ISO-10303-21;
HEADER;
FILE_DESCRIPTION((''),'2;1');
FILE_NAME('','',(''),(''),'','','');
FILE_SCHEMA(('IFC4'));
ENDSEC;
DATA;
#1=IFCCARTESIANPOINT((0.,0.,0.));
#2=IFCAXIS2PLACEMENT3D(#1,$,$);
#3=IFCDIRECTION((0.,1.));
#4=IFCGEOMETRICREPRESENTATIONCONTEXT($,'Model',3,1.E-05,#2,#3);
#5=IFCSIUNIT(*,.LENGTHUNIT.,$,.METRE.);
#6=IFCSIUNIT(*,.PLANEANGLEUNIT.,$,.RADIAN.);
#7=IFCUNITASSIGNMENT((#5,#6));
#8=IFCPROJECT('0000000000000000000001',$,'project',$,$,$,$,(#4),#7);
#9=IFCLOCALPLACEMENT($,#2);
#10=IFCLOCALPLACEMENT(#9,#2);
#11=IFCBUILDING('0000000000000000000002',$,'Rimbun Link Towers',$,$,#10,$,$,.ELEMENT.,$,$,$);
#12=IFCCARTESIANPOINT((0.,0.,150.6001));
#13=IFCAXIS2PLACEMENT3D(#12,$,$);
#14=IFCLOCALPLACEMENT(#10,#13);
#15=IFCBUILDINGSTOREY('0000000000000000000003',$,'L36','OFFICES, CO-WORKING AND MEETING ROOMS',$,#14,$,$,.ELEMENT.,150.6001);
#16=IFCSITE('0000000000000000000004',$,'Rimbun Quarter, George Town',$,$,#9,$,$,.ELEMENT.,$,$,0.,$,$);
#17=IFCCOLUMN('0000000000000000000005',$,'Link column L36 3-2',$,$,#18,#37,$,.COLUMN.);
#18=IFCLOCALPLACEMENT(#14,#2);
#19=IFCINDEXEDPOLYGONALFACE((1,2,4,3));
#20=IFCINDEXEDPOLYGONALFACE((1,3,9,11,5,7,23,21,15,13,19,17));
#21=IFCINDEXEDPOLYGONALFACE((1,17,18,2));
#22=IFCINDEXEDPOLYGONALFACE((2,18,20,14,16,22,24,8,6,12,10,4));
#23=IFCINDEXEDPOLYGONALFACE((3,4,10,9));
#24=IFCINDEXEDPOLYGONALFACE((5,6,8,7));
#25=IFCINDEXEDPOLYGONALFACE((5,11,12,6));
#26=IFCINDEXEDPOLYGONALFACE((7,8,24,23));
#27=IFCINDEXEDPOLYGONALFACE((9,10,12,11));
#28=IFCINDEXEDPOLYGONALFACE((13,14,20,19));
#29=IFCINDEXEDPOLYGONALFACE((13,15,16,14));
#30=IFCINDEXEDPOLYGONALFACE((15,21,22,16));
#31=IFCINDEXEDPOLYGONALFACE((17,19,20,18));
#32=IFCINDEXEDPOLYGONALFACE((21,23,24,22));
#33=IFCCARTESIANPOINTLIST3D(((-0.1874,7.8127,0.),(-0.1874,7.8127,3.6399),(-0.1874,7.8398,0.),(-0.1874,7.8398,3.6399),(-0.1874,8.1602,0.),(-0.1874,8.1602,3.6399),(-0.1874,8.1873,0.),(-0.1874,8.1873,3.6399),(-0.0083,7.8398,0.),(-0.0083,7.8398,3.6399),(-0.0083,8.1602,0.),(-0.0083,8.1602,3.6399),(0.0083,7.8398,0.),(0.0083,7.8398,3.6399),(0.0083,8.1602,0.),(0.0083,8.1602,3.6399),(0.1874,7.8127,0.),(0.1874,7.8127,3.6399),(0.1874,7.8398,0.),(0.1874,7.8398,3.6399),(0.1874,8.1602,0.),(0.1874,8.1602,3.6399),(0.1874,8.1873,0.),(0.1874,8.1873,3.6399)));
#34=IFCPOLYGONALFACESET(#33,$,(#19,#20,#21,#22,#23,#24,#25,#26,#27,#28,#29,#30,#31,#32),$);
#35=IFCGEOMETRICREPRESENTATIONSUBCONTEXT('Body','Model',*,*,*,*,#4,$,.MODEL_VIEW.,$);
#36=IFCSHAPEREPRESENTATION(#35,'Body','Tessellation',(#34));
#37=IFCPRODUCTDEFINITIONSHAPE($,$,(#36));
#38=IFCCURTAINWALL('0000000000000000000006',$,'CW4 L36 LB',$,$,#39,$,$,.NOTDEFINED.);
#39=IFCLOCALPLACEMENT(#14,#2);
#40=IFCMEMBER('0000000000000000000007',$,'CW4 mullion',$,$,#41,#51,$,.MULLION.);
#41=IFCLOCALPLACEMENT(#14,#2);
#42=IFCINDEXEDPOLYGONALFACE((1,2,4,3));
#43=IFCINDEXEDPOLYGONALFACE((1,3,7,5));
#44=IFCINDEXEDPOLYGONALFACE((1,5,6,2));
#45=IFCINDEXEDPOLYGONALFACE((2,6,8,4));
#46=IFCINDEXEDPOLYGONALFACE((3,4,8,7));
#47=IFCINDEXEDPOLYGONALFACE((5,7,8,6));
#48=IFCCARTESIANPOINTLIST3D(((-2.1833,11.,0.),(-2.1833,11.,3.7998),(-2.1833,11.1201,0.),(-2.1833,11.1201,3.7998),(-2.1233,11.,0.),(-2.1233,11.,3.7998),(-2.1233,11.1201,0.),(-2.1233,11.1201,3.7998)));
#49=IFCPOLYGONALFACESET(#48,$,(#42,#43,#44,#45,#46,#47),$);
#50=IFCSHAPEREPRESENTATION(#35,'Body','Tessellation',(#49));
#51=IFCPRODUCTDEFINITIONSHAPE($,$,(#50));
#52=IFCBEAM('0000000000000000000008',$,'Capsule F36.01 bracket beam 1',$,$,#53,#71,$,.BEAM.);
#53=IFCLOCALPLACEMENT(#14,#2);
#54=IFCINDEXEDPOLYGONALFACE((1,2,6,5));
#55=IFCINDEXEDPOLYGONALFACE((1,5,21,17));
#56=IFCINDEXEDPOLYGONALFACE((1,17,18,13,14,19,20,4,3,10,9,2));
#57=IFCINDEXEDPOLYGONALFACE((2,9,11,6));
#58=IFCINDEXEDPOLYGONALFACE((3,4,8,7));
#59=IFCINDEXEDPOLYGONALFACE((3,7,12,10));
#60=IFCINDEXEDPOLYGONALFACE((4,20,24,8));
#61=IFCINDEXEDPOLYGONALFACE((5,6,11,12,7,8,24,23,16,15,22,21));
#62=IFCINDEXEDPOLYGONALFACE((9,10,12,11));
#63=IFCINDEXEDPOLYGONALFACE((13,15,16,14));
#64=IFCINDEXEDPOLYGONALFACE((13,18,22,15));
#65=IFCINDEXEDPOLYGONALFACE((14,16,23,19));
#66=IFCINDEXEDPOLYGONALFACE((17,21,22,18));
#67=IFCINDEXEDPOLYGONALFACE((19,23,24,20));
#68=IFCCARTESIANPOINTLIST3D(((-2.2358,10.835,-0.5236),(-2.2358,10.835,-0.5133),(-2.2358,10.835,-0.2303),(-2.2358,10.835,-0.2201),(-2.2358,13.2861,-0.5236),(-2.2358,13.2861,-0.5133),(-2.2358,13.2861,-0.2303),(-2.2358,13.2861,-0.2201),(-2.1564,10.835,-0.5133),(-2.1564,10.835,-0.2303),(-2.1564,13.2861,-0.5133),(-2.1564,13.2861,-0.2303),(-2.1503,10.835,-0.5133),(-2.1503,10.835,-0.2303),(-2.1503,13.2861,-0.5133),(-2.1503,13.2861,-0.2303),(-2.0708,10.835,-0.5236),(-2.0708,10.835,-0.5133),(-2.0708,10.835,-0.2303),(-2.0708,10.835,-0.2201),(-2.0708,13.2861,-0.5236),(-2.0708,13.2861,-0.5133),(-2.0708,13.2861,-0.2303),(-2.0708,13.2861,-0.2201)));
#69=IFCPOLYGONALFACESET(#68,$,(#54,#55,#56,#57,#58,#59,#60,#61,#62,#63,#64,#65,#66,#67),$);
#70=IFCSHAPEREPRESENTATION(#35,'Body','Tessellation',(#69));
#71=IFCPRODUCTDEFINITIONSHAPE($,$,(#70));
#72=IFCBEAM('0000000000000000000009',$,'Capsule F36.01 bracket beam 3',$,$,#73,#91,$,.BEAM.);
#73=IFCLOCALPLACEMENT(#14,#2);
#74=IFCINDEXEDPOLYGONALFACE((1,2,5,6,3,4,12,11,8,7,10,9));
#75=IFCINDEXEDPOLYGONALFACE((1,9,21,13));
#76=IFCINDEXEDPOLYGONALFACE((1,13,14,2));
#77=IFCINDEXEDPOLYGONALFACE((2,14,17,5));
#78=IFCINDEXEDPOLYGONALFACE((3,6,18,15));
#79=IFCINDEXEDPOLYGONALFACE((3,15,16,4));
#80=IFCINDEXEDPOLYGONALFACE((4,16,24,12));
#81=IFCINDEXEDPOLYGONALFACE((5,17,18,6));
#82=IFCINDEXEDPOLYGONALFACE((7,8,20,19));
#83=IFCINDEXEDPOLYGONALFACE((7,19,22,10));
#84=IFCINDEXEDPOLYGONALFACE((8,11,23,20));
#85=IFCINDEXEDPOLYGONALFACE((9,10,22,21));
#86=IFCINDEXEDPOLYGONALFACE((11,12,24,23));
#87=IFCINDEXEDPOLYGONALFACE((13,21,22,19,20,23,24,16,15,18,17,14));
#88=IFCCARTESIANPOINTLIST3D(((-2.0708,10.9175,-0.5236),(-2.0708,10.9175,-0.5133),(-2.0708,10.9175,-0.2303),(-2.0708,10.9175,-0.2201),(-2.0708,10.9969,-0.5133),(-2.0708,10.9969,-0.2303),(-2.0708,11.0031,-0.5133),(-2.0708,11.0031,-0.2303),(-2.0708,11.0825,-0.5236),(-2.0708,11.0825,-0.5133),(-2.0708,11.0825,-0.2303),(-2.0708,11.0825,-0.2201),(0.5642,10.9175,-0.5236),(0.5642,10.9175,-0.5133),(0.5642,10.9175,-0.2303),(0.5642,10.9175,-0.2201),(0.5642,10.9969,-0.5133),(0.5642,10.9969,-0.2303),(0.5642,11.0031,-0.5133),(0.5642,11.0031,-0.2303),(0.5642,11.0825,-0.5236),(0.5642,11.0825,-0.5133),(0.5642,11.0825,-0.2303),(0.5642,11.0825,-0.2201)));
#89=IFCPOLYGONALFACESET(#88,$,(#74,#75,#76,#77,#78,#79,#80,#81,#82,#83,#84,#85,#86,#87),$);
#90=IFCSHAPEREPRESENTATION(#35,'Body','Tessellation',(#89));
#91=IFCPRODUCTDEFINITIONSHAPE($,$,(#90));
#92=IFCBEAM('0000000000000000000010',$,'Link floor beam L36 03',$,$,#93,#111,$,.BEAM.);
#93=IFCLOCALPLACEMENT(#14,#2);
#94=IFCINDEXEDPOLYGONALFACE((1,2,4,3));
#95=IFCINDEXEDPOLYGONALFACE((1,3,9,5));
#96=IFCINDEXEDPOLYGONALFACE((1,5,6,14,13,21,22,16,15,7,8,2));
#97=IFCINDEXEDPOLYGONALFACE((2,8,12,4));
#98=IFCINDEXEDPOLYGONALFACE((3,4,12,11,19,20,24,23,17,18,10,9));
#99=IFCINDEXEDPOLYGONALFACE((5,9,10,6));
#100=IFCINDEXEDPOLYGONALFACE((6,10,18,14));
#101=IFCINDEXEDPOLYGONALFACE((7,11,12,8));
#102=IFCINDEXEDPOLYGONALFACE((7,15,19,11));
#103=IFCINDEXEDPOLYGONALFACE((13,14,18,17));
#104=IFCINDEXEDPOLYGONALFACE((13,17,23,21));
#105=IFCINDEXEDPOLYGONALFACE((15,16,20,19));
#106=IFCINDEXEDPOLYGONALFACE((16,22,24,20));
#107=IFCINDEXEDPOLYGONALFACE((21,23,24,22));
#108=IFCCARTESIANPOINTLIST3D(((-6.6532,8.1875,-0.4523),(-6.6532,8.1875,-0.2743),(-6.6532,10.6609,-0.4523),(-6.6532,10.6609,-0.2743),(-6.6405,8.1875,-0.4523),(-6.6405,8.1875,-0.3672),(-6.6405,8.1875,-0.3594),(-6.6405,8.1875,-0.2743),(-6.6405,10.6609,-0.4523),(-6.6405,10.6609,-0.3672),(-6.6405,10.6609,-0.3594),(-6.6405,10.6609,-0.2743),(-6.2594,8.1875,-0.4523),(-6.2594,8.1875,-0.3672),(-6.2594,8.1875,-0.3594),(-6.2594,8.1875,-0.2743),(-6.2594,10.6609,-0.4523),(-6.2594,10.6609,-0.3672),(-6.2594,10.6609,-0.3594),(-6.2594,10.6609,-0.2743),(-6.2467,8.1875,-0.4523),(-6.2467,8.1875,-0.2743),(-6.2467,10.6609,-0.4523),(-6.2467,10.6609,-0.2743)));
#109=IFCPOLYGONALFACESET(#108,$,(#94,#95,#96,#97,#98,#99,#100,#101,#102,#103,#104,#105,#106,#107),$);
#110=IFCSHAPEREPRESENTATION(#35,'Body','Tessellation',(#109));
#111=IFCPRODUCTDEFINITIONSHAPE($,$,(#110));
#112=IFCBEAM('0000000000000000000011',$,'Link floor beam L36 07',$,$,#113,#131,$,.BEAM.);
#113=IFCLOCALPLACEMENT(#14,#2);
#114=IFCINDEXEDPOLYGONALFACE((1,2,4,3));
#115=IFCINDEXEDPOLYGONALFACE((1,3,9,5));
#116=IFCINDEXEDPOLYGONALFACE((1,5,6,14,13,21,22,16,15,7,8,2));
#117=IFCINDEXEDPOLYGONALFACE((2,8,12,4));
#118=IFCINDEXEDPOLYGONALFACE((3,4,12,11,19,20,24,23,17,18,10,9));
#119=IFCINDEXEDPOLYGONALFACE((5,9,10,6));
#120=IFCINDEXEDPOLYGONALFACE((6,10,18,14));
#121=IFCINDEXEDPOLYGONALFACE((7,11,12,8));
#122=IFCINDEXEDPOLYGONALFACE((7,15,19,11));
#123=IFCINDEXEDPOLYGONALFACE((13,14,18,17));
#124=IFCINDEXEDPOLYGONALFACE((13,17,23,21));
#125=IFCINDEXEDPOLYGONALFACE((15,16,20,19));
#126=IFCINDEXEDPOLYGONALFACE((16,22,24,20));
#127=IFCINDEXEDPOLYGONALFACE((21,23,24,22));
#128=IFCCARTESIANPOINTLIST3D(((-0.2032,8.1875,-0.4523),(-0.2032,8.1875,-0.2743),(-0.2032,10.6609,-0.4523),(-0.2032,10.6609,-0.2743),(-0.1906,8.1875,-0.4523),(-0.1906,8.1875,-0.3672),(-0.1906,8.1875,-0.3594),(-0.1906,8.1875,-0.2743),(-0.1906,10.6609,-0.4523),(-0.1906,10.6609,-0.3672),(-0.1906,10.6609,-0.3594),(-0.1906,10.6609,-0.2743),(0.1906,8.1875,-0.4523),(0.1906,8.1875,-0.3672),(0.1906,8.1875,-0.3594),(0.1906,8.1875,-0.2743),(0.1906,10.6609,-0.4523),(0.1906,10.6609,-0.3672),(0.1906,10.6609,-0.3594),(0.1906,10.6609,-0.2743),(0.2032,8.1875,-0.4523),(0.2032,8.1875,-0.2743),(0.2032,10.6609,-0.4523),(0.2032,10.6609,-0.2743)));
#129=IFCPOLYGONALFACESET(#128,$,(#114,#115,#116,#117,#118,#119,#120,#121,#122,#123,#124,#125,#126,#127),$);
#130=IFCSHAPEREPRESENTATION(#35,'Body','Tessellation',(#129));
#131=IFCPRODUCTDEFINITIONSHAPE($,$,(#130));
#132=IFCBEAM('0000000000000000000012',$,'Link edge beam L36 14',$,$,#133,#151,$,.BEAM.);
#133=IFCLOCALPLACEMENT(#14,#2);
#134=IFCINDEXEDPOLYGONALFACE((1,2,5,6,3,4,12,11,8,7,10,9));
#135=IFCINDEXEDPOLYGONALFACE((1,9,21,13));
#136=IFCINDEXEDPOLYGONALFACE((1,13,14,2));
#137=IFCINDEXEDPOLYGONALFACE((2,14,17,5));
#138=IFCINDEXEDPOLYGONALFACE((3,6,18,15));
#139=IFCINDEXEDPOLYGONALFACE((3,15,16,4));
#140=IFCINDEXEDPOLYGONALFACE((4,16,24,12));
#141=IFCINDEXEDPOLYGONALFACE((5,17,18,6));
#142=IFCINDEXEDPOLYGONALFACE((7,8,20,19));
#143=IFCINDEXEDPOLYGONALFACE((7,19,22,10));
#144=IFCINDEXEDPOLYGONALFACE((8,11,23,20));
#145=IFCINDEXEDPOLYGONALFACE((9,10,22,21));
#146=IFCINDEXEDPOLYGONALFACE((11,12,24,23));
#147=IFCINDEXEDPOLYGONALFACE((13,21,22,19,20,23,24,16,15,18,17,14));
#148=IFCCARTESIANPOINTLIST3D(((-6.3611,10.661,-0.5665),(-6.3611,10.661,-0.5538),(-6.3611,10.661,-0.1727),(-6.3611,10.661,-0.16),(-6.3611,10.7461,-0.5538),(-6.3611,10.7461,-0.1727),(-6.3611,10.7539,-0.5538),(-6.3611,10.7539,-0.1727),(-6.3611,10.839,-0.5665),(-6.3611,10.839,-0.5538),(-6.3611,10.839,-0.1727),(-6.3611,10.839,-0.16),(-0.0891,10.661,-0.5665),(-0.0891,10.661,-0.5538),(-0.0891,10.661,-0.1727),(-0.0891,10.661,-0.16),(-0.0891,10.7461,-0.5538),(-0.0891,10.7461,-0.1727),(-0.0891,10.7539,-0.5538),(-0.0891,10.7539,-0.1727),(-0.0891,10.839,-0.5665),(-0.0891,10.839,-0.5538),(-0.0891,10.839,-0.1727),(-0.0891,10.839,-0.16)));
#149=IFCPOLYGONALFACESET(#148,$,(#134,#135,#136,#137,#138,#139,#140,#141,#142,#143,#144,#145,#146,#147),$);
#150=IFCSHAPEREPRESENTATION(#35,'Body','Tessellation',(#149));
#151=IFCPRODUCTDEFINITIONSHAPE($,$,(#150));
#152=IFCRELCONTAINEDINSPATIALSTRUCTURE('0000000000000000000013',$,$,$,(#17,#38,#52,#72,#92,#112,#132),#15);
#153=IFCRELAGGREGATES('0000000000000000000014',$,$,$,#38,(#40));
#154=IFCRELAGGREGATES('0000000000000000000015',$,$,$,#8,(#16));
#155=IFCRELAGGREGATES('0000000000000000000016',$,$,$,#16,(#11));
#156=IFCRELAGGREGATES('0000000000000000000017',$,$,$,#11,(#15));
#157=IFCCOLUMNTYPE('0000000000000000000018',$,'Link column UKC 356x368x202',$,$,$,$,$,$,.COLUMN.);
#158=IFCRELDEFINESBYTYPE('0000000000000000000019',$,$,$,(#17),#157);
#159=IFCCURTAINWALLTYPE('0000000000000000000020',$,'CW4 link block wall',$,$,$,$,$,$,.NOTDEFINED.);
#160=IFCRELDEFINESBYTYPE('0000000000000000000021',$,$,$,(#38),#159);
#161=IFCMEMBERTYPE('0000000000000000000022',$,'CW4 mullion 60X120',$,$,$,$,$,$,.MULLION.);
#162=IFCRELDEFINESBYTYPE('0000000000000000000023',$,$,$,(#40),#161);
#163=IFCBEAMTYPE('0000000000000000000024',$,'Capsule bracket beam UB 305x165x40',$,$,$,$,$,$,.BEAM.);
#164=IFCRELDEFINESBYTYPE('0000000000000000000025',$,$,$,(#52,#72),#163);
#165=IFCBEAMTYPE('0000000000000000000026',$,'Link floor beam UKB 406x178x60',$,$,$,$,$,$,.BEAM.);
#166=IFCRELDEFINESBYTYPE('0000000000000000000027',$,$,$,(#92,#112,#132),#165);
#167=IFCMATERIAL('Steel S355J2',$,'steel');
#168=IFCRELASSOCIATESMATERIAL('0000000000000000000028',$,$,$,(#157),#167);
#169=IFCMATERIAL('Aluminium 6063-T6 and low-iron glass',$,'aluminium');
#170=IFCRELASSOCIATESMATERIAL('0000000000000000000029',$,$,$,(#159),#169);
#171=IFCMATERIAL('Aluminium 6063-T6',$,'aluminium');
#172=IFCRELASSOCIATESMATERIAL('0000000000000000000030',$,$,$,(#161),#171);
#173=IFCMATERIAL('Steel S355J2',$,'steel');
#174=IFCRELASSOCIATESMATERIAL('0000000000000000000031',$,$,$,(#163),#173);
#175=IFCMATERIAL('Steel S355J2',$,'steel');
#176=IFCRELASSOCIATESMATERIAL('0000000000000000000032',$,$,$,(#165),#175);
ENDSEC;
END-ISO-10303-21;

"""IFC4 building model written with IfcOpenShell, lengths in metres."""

from ifc_helpers import new_model, si_unit, direction, frame, origin, origin_2d, place, context, subcontext, project, spatial, rectangle, i_section, extrude, material, material_profile, profile_set, type_object, element, aggregate, save


model = new_model("IFC4")

# Units and contexts
model_context = context("Model", 3, precision=1e-05, world=origin(), true_north=direction((0.0, 1.0)))
body_context = subcontext(model_context, "Body", "Model", "MODEL_VIEW")
ifc_project = project(units=[si_unit("LENGTHUNIT", "METRE"), si_unit("PLANEANGLEUNIT", "RADIAN")], contexts=[model_context])

# Site, building, storey
site_placement = place(None, origin())
site = spatial("IfcSite", under=ifc_project, at=site_placement, Name="Rimbun Quarter, George Town", CompositionType="ELEMENT", RefElevation=0.0)
building_placement = place(site_placement, origin())
building = spatial("IfcBuilding", under=site, at=building_placement, Name="Rimbun Link Towers", CompositionType="ELEMENT")
storey_placement = place(building_placement, frame((0.0, 0.0, 150.6001)))
storey = spatial("IfcBuildingStorey", under=building, at=storey_placement, Name="L36", Description="OFFICES, CO-WORKING AND MEETING ROOMS", CompositionType="ELEMENT", Elevation=150.6001)

# Column
ifc_material_1 = material(Name="Steel S355J2", Category="steel")
ifc_material_profile_1 = material_profile(ifc_material_1, i_section(OverallWidth=0.3748, OverallDepth=0.3745, WebThickness=0.0166, FlangeThickness=0.0271, at=origin_2d()), Name="UKC 356x368x202")
ifc_profile_set_1 = profile_set([ifc_material_profile_1], Name="Steel S355J2")
column_type = type_object("IfcColumnType", Name="Link column UKC 356x368x202", PredefinedType="COLUMN", material=ifc_profile_set_1)
column_placement = place(storey_placement, frame((0.0, 8.0, 0.0), z_axis=(0.0, 0.0, 1.0), x_axis=(1.0, 0.0, 0.0)))
element("IfcColumn", 1, at=column_placement, inside=storey, type_object=column_type, Name="Link column L36 3-2", PredefinedType="COLUMN", context=body_context, shape_type="SweptSolid", body=[
    extrude(i_section(OverallWidth=0.3748, OverallDepth=0.3745, WebThickness=0.0166, FlangeThickness=0.0271, at=origin_2d()), origin(), (0.0, 0.0, 1.0), 3.6399),
])

# Curtain wall, member
ifc_material_2 = material(Name="Aluminium 6063-T6 and low-iron glass", Category="aluminium")
curtain_wall_type = type_object("IfcCurtainWallType", Name="CW4 link block wall", PredefinedType="NOTDEFINED", material=ifc_material_2)
curtain_wall_placement = place(storey_placement, origin())
curtain_wall = element("IfcCurtainWall", 2, at=curtain_wall_placement, inside=storey, type_object=curtain_wall_type, Name="CW4 L36 LB", PredefinedType="NOTDEFINED")
ifc_material_3 = material(Name="Aluminium 6063-T6", Category="aluminium")
ifc_material_profile_2 = material_profile(ifc_material_3, rectangle(XDim=0.1201, YDim=0.0601, at=origin_2d()), Name="MULLION 60X120")
ifc_profile_set_2 = profile_set([ifc_material_profile_2], Name="Aluminium 6063-T6")
member_type_1 = type_object("IfcMemberType", Name="CW4 mullion 60X120", PredefinedType="MULLION", material=ifc_profile_set_2)
member_1_placement = place(storey_placement, frame((-2.1533, 11.0601, 0.0), z_axis=(0.0, 0.0, 1.0), x_axis=(0.0, 1.0, 0.0)))
member_1 = element("IfcMember", 3, at=member_1_placement, type_object=member_type_1, Name="CW4 mullion", PredefinedType="MULLION", context=body_context, shape_type="SweptSolid", body=[
    extrude(rectangle(XDim=0.1201, YDim=0.0601, at=origin_2d()), origin(), (0.0, 0.0, 1.0), 3.7998),
])

# Beams
ifc_material_4 = material(Name="Steel S355J2", Category="steel")
ifc_material_profile_3 = material_profile(ifc_material_4, i_section(OverallWidth=0.165, OverallDepth=0.3035, WebThickness=0.0061, FlangeThickness=0.0103, at=origin_2d()), Name="UB 305x165x40")
ifc_profile_set_3 = profile_set([ifc_material_profile_3], Name="Steel S355J2")
beam_type_1 = type_object("IfcBeamType", Name="Capsule bracket beam UB 305x165x40", PredefinedType="BEAM", material=ifc_profile_set_3)
beam_1_placement = place(storey_placement, frame((-2.1533, 10.835, -0.3718), z_axis=(0.0, 1.0, 0.0), x_axis=(-1.0, 0.0, 0.0)))
element("IfcBeam", 4, at=beam_1_placement, inside=storey, type_object=beam_type_1, Name="Capsule F36.01 bracket beam 1", PredefinedType="BEAM", context=body_context, shape_type="SweptSolid", body=[
    extrude(i_section(OverallWidth=0.165, OverallDepth=0.3035, WebThickness=0.0061, FlangeThickness=0.0103, at=origin_2d()), origin(), (0.0, 0.0, 1.0), 2.4512),
])
beam_2_placement = place(storey_placement, frame((-2.0708, 11.0, -0.3718), z_axis=(1.0, 0.0, 0.0), x_axis=(0.0, 1.0, 0.0)))
element("IfcBeam", 5, at=beam_2_placement, inside=storey, type_object=beam_type_1, Name="Capsule F36.01 bracket beam 3", PredefinedType="BEAM", context=body_context, shape_type="SweptSolid", body=[
    extrude(i_section(OverallWidth=0.165, OverallDepth=0.3035, WebThickness=0.0061, FlangeThickness=0.0103, at=origin_2d()), origin(), (0.0, 0.0, 1.0), 2.635),
])
ifc_material_5 = material(Name="Steel S355J2", Category="steel")
ifc_material_profile_4 = material_profile(ifc_material_5, i_section(OverallWidth=0.178, OverallDepth=0.4065, WebThickness=0.0078, FlangeThickness=0.0127, at=origin_2d()), Name="UKB 406x178x60")
ifc_profile_set_4 = profile_set([ifc_material_profile_4], Name="Steel S355J2")
beam_type_2 = type_object("IfcBeamType", Name="Link floor beam UKB 406x178x60", PredefinedType="BEAM", material=ifc_profile_set_4)
for number, where, z_axis, x_axis, name in (
    (6, (-6.45, 8.1875, -0.3633), (0.0, 1.0, 0.0), (0.0, 0.0, 1.0), "Link floor beam L36 03"),
    (7, (0.0, 8.1875, -0.3633), (0.0, 1.0, 0.0), (0.0, 0.0, 1.0), "Link floor beam L36 07"),
):
    element("IfcBeam", number, at=place(storey_placement, frame(where, z_axis=z_axis, x_axis=x_axis)), inside=storey, type_object=beam_type_2, Name=name, PredefinedType="BEAM", context=body_context, shape_type="SweptSolid", body=[
        extrude(i_section(OverallWidth=0.178, OverallDepth=0.4065, WebThickness=0.0078, FlangeThickness=0.0127, at=origin_2d()), origin(), (0.0, 0.0, 1.0), 2.4734),
    ])
beam_3_placement = place(storey_placement, frame((-6.3611, 10.75, -0.3633), z_axis=(1.0, 0.0, 0.0), x_axis=(0.0, 1.0, 0.0)))
element("IfcBeam", 8, at=beam_3_placement, inside=storey, type_object=beam_type_2, Name="Link edge beam L36 14", PredefinedType="BEAM", context=body_context, shape_type="SweptSolid", body=[
    extrude(i_section(OverallWidth=0.178, OverallDepth=0.4065, WebThickness=0.0078, FlangeThickness=0.0127, at=origin_2d()), origin(), (0.0, 0.0, 1.0), 6.272),
])

aggregate(curtain_wall, [member_1])

save(model, "model.ifc")
